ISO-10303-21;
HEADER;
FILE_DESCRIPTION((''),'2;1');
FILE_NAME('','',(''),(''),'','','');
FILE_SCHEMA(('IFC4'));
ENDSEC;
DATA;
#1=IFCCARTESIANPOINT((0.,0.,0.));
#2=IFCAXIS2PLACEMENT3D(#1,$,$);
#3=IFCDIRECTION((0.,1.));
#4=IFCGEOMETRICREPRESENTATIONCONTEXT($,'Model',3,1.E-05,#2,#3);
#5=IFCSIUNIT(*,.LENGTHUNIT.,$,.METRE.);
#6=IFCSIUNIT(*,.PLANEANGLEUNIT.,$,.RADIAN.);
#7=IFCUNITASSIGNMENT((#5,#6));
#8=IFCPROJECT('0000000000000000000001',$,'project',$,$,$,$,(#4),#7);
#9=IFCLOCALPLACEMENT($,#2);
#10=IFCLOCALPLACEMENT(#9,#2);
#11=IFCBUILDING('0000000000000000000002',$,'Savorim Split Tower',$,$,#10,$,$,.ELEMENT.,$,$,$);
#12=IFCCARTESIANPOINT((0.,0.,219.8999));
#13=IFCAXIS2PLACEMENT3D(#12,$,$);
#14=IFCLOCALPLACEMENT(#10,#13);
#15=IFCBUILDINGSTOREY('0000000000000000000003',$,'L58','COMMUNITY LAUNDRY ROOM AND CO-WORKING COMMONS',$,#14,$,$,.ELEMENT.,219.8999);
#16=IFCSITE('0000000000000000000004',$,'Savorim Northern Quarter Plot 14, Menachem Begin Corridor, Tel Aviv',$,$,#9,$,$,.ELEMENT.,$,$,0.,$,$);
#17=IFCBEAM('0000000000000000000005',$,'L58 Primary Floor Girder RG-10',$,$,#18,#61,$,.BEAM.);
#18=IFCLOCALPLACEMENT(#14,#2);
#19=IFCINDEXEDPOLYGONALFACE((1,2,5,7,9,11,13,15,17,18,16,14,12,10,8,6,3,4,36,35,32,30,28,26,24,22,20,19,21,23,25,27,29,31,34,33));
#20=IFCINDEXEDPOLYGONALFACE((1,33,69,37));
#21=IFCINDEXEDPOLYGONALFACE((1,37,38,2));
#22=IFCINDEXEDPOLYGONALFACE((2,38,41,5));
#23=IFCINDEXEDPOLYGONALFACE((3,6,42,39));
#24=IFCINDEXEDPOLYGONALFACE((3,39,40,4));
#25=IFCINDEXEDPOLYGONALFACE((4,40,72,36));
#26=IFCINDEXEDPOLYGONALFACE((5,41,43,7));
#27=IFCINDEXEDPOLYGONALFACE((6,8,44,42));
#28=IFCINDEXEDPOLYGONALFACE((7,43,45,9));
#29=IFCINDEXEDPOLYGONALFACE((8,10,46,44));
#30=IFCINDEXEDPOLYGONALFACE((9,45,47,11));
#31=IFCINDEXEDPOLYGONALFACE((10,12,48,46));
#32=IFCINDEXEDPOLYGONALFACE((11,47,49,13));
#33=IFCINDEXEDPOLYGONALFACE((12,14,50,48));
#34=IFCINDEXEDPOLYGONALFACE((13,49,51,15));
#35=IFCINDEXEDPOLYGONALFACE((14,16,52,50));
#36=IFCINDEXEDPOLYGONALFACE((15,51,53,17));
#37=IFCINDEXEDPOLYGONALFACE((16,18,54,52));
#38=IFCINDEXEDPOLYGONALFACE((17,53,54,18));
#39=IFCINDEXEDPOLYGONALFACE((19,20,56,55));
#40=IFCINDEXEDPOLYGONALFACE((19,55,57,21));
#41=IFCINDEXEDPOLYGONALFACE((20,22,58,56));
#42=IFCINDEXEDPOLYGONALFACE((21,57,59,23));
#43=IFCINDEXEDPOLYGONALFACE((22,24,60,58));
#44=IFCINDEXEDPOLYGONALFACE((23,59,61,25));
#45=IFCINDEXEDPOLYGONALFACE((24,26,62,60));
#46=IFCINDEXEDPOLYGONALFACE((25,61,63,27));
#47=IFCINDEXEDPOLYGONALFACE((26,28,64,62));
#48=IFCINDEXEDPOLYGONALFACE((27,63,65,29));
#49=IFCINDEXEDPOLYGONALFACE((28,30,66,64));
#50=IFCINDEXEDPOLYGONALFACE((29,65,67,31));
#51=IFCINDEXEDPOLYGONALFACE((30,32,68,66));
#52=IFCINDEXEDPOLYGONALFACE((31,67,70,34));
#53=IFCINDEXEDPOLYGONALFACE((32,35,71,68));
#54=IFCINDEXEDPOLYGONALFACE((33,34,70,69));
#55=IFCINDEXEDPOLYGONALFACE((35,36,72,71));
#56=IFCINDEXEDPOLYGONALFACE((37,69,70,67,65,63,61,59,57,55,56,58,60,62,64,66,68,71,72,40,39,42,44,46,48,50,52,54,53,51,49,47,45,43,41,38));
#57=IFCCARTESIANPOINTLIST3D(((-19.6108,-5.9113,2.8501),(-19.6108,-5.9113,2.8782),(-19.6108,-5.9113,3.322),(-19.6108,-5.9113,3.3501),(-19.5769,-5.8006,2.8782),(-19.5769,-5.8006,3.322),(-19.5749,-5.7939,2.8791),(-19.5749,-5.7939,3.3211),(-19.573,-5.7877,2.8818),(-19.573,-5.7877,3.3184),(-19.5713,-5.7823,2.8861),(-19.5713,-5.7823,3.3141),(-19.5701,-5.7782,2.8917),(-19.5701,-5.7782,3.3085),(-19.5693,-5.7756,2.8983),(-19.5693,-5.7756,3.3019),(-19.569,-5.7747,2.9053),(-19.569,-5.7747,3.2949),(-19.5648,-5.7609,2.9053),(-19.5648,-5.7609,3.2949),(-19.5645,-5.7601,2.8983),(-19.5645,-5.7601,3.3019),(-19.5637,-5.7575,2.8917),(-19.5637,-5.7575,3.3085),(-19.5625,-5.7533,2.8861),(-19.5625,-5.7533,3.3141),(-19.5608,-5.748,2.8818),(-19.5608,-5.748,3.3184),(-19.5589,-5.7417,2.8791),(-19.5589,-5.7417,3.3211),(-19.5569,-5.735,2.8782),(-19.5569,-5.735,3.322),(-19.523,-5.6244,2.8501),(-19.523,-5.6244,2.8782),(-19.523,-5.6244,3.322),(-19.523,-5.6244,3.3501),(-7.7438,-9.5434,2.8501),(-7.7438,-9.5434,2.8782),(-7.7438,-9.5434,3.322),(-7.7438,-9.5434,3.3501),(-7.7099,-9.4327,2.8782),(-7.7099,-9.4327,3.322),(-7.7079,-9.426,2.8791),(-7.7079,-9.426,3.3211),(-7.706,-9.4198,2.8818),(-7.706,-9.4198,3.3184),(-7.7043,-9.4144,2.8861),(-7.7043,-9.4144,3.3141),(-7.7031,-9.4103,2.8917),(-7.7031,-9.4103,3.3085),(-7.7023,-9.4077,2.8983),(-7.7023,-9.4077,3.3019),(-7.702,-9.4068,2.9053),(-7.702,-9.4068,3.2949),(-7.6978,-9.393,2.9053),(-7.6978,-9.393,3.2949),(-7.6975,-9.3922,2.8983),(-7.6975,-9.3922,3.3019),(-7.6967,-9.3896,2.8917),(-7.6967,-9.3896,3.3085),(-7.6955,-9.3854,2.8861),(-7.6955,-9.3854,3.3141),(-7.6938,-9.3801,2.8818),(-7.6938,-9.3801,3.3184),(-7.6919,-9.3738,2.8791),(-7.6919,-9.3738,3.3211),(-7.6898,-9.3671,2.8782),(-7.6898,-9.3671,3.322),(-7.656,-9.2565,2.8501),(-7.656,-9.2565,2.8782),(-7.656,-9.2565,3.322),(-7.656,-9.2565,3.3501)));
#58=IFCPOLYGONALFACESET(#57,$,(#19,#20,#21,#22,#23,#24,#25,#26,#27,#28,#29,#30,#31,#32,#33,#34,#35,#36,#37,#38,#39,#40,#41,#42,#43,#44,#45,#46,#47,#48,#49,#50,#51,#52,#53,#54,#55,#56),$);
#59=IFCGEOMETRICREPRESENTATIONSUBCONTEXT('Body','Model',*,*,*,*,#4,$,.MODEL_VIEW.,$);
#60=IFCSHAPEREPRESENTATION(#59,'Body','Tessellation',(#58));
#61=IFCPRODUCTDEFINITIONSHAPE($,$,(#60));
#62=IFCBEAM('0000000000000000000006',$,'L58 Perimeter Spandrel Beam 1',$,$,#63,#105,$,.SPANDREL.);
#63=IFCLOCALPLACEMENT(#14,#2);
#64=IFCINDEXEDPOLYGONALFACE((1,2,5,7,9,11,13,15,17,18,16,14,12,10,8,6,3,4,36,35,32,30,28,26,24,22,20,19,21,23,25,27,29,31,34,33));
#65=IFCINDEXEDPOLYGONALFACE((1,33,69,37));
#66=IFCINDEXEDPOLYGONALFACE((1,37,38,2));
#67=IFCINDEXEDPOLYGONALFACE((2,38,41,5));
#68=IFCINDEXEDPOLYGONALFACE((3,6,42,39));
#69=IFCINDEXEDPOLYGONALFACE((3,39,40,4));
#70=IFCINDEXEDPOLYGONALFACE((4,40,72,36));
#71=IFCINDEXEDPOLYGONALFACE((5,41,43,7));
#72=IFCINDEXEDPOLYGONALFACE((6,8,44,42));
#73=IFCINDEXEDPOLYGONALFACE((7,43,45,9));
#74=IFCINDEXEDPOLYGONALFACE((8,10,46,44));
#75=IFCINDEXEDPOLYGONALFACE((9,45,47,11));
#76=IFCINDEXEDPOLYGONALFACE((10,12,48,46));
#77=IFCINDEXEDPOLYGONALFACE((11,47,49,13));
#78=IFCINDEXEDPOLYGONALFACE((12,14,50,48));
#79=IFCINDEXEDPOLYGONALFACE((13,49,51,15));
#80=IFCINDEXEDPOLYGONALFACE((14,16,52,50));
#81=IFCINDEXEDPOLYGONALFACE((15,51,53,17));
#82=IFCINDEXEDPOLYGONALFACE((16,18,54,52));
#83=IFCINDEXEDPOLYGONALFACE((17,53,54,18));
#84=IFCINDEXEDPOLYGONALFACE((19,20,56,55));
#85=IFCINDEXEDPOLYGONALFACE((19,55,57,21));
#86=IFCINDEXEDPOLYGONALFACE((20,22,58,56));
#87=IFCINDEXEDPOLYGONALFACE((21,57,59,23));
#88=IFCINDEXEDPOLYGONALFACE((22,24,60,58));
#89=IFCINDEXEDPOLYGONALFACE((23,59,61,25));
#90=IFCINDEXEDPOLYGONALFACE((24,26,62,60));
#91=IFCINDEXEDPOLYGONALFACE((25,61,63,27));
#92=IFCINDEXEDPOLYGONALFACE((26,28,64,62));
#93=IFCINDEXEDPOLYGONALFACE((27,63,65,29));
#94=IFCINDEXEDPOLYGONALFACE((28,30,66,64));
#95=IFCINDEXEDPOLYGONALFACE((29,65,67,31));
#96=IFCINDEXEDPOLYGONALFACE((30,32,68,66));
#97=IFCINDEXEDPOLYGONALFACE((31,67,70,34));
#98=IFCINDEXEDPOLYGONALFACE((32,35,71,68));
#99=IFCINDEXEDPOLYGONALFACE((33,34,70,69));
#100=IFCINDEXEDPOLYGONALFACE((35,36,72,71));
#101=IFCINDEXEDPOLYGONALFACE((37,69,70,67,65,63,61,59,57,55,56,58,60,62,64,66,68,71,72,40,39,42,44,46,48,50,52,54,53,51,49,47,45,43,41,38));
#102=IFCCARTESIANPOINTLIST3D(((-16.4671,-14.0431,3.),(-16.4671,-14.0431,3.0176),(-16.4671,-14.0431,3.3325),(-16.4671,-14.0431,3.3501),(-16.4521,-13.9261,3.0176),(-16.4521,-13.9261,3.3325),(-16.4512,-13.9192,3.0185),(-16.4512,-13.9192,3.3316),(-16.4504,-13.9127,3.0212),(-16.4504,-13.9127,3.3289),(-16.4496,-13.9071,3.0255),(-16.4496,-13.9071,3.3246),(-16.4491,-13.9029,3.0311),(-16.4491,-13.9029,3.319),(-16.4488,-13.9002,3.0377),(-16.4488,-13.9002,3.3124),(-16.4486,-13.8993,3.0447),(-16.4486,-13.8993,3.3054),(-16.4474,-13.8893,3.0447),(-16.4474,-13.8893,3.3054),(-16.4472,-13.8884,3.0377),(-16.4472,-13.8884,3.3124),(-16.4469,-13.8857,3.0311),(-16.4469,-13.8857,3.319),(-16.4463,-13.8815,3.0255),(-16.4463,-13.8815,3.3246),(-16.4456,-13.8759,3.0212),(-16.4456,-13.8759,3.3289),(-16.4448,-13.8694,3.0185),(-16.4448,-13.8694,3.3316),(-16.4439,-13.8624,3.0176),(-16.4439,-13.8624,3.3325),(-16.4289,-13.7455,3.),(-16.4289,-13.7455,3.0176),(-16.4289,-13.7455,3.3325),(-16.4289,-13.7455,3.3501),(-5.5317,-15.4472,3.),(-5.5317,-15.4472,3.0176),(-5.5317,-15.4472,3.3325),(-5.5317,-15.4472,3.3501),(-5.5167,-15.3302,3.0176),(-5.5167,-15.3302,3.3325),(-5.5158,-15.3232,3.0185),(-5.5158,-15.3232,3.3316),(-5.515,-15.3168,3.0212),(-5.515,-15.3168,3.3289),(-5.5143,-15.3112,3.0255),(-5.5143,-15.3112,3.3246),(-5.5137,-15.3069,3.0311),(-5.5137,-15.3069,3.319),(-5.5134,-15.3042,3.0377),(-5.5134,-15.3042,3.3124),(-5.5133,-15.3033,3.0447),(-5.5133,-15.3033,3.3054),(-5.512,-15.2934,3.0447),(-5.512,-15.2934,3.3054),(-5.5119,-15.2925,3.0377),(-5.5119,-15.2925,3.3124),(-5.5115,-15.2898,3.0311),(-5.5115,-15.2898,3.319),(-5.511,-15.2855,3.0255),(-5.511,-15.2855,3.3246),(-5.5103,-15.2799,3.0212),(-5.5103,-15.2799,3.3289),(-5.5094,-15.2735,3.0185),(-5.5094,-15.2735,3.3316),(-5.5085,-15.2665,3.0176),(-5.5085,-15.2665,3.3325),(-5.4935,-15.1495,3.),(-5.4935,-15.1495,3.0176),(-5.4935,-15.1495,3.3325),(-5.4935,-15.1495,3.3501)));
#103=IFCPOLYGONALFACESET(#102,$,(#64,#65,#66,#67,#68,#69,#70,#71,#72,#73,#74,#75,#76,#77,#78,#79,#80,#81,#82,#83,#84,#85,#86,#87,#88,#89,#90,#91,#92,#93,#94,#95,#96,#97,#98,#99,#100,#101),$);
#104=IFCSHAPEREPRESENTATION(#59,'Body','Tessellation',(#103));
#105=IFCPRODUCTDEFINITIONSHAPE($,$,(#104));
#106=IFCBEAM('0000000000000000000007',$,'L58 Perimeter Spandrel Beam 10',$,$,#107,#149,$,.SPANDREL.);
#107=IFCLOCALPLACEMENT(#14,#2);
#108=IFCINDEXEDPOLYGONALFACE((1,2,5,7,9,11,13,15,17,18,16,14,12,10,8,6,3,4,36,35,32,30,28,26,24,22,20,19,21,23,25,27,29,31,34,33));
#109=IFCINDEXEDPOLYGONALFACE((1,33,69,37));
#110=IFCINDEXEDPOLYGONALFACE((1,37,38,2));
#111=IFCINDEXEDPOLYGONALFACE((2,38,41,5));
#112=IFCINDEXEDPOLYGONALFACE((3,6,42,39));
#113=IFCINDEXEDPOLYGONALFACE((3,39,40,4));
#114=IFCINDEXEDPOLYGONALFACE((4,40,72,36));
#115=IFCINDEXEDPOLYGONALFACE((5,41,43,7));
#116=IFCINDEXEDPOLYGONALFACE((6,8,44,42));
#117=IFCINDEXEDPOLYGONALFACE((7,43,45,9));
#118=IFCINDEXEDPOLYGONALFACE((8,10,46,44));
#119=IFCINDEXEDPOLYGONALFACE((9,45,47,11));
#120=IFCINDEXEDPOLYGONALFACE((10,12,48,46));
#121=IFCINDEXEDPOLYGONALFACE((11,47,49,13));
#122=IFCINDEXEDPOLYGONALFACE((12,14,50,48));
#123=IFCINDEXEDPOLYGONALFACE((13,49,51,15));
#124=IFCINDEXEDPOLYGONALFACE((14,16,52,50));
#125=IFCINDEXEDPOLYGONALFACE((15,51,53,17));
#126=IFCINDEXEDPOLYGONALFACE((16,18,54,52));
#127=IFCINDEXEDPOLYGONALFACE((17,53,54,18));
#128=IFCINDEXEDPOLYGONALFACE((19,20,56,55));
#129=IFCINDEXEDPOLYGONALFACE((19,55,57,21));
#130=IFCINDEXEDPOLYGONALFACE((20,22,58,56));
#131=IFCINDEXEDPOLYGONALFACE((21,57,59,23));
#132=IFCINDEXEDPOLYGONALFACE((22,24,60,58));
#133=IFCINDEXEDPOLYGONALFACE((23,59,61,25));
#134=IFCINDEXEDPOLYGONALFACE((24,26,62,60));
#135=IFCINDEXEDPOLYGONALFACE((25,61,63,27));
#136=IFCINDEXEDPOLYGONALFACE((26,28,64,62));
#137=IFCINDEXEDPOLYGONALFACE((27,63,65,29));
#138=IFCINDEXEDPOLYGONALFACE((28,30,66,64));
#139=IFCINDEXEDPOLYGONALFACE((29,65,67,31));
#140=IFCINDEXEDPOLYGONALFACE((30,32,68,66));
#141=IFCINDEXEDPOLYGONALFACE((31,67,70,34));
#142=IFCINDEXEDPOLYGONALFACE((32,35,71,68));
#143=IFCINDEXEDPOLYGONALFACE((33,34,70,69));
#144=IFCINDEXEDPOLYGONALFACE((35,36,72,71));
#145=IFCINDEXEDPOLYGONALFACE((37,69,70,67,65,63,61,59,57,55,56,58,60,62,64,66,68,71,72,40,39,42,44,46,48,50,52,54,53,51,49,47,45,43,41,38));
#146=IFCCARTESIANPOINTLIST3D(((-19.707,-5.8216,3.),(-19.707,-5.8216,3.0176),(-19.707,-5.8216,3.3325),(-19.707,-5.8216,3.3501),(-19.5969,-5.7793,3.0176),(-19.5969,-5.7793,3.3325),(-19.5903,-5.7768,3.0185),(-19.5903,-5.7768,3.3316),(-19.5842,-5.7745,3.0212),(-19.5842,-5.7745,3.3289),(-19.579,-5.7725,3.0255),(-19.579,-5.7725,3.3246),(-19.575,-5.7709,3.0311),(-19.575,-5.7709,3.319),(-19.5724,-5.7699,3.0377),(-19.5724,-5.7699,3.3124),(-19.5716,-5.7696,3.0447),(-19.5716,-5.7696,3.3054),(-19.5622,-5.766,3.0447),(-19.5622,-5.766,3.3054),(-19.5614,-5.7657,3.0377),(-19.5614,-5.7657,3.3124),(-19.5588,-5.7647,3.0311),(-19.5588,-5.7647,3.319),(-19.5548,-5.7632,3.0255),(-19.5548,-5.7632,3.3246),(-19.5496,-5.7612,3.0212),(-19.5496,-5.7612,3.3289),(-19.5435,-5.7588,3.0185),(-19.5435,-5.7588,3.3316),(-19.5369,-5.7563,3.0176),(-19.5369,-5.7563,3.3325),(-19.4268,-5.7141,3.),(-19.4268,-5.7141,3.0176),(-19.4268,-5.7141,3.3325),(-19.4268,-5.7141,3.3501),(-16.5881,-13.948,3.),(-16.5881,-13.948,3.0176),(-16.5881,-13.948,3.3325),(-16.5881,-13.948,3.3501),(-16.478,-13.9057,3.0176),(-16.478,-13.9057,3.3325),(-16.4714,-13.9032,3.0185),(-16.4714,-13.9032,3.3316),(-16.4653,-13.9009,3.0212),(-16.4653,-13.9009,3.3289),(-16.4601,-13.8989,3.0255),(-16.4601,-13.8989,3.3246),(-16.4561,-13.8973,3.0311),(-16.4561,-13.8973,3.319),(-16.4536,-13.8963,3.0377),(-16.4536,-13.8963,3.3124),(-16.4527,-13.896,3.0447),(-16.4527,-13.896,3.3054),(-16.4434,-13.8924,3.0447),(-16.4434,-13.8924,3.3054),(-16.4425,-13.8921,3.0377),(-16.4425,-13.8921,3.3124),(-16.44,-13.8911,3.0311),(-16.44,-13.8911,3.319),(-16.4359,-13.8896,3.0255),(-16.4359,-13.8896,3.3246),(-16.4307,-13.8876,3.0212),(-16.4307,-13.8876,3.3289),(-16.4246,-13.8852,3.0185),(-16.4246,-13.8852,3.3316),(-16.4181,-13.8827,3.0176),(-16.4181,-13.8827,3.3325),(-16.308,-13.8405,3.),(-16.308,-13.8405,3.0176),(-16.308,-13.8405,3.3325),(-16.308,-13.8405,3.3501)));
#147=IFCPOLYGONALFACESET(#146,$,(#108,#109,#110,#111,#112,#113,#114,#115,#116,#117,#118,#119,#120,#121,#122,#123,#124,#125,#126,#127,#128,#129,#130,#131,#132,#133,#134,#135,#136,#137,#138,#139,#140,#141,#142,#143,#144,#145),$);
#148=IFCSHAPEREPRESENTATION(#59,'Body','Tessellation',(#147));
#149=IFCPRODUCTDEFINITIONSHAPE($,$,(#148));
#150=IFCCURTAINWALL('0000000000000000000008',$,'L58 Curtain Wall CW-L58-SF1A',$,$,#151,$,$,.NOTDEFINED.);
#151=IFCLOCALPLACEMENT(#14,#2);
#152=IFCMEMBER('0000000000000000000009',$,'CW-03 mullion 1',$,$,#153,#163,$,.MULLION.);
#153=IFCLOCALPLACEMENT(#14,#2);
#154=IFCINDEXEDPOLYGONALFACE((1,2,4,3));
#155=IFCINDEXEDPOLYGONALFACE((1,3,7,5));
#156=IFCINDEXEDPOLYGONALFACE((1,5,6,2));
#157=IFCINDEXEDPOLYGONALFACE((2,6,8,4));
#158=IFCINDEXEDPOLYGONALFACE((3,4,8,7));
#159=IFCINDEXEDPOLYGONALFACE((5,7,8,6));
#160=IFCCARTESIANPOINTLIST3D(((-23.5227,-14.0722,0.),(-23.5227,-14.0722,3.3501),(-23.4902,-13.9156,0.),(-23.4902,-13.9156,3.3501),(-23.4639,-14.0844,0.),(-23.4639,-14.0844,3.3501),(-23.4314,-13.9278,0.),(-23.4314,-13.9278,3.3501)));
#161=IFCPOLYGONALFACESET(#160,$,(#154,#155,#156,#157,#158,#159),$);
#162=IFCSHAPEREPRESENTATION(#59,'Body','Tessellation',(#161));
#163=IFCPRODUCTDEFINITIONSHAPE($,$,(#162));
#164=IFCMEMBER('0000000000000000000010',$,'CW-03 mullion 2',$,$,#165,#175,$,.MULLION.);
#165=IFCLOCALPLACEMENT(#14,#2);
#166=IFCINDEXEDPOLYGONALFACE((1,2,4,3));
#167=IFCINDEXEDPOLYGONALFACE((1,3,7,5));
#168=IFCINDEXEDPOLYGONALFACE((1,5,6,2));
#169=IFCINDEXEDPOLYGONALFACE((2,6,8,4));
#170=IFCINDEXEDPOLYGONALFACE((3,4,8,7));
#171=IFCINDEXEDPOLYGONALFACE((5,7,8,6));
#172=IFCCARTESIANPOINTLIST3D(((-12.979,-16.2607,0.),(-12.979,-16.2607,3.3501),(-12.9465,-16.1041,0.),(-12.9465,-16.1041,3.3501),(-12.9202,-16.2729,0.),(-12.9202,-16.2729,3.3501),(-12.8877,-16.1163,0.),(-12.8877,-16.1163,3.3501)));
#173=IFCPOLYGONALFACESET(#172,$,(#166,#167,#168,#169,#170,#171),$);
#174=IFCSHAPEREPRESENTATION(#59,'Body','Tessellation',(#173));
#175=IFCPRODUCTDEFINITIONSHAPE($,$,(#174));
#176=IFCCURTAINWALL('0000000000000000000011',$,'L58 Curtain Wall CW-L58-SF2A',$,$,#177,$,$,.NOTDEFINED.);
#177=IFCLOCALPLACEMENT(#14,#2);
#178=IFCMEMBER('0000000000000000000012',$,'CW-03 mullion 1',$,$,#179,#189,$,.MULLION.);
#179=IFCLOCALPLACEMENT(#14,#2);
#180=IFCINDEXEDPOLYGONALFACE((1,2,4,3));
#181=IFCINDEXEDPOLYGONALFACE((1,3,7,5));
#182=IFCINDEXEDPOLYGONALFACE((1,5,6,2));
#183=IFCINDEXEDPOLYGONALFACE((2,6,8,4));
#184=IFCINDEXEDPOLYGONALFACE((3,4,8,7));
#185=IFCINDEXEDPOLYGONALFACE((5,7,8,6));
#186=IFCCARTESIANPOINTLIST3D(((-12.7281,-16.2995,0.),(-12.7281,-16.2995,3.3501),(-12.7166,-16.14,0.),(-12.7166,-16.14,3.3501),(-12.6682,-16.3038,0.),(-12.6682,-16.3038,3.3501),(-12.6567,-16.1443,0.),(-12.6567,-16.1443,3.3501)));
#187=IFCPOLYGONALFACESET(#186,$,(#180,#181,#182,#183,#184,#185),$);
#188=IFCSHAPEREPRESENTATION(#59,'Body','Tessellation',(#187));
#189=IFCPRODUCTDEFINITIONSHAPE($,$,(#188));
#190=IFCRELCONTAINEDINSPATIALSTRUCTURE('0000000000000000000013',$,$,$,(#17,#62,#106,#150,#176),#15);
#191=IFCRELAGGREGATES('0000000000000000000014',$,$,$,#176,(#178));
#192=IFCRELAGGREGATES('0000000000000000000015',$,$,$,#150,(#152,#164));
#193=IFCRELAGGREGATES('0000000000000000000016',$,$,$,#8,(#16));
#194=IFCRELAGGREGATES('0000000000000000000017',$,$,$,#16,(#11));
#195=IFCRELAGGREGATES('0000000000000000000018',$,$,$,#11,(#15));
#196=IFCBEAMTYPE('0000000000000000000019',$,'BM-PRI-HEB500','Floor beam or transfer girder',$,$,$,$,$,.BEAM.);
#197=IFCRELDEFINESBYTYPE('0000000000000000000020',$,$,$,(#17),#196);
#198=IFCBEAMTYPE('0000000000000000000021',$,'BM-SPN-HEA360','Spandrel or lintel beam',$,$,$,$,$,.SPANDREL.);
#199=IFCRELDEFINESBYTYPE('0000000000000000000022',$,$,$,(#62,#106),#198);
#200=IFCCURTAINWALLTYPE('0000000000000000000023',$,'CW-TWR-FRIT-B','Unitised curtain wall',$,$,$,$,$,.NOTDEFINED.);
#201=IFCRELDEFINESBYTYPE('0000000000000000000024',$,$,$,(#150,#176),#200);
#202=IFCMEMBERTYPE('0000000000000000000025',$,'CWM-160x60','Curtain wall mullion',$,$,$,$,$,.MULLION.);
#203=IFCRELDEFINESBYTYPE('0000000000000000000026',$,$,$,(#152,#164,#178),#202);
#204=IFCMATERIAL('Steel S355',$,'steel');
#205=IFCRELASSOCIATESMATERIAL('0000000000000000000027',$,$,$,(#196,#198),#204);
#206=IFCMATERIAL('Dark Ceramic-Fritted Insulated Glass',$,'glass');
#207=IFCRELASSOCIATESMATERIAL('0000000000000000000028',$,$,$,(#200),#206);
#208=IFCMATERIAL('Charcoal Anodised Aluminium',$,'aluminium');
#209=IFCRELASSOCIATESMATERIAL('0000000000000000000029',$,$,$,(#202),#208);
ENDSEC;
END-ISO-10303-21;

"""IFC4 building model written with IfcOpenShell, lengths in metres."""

from ifc_helpers import new_model, si_unit, direction, frame, origin, origin_2d, place, context, subcontext, project, spatial, rectangle, i_section, extrude, material, material_profile, profile_set, type_object, element, aggregate, save


model = new_model("IFC4")

# Units and contexts
model_context = context("Model", 3, precision=1e-05, world=origin(), true_north=direction((0.0, 1.0)))
body_context = subcontext(model_context, "Body", "Model", "MODEL_VIEW")
ifc_project = project(units=[si_unit("LENGTHUNIT", "METRE"), si_unit("PLANEANGLEUNIT", "RADIAN")], contexts=[model_context])

# Site, building, storey
site_placement = place(None, origin())
site = spatial("IfcSite", under=ifc_project, at=site_placement, Name="Savorim Northern Quarter Plot 14, Menachem Begin Corridor, Tel Aviv", CompositionType="ELEMENT", RefElevation=0.0)
building_placement = place(site_placement, origin())
building = spatial("IfcBuilding", under=site, at=building_placement, Name="Savorim Split Tower", CompositionType="ELEMENT")
storey_placement = place(building_placement, frame((0.0, 0.0, 219.8999)))
storey = spatial("IfcBuildingStorey", under=building, at=storey_placement, Name="L58", Description="COMMUNITY LAUNDRY ROOM AND CO-WORKING COMMONS", CompositionType="ELEMENT", Elevation=219.8999)

# Shared definitions
ifc_material_1 = material(Name="Steel S355", Category="steel")

# Beams
ifc_material_profile_1 = material_profile(ifc_material_1, i_section(OverallWidth=0.3, OverallDepth=0.5, WebThickness=0.0144, FlangeThickness=0.0281, FilletRadius=0.0271, at=origin_2d()), Name="HEB 500")
ifc_profile_set_1 = profile_set([ifc_material_profile_1], Name="Steel S355")
beam_type_1 = type_object("IfcBeamType", Name="BM-PRI-HEB500", Description="Floor beam or transfer girder", PredefinedType="BEAM", material=ifc_profile_set_1)
beam_1_placement = place(storey_placement, frame((-19.5669, -5.7678, 3.1001), z_axis=(0.956215, -0.292666, 0.0), x_axis=(0.292666, 0.956215, 0.0)))
element("IfcBeam", 1, at=beam_1_placement, inside=storey, type_object=beam_type_1, Name="L58 Primary Floor Girder RG-10", PredefinedType="BEAM", context=body_context, shape_type="SweptSolid", body=[
    extrude(i_section(OverallWidth=0.3, OverallDepth=0.5, WebThickness=0.0144, FlangeThickness=0.0281, FilletRadius=0.0271, at=origin_2d()), origin(), (0.0, 0.0, 1.0), 12.4104),
])
ifc_material_profile_2 = material_profile(ifc_material_1, i_section(OverallWidth=0.3, OverallDepth=0.3501, WebThickness=0.01, FlangeThickness=0.0176, FilletRadius=0.0271, at=origin_2d()), Name="HEA 360")
ifc_profile_set_2 = profile_set([ifc_material_profile_2], Name="Steel S355")
beam_type_2 = type_object("IfcBeamType", Name="BM-SPN-HEA360", Description="Spandrel or lintel beam", PredefinedType="SPANDREL", material=ifc_profile_set_2)
beam_2_placement = place(storey_placement, frame((-16.448, -13.8943, 3.175), z_axis=(0.991858, -0.127351, 0.0), x_axis=(0.127351, 0.991858, 0.0)))
element("IfcBeam", 2, at=beam_2_placement, inside=storey, type_object=beam_type_2, Name="L58 Perimeter Spandrel Beam 1", PredefinedType="SPANDREL", context=body_context, shape_type="SweptSolid", body=[
    extrude(i_section(OverallWidth=0.3, OverallDepth=0.3501, WebThickness=0.01, FlangeThickness=0.0176, FilletRadius=0.0271, at=origin_2d()), origin(), (0.0, 0.0, 1.0), 11.0251),
])
beam_3_placement = place(storey_placement, frame((-19.5669, -5.7678, 3.175), z_axis=(0.358312, -0.933602, 0.0), x_axis=(0.933602, 0.358312, 0.0)))
element("IfcBeam", 3, at=beam_3_placement, inside=storey, type_object=beam_type_2, Name="L58 Perimeter Spandrel Beam 10", PredefinedType="SPANDREL", context=body_context, shape_type="SweptSolid", body=[
    extrude(i_section(OverallWidth=0.3, OverallDepth=0.3501, WebThickness=0.01, FlangeThickness=0.0176, FilletRadius=0.0271, at=origin_2d()), origin(), (0.0, 0.0, 1.0), 8.7043),
])

# Curtain wall, members
ifc_material_2 = material(Name="Dark Ceramic-Fritted Insulated Glass", Category="glass")
curtain_wall_type = type_object("IfcCurtainWallType", Name="CW-TWR-FRIT-B", Description="Unitised curtain wall", PredefinedType="NOTDEFINED", material=ifc_material_2)
curtain_wall_1_placement = place(storey_placement, origin())
curtain_wall_1 = element("IfcCurtainWall", 4, at=curtain_wall_1_placement, inside=storey, type_object=curtain_wall_type, Name="L58 Curtain Wall CW-L58-SF1A", PredefinedType="NOTDEFINED")
ifc_material_3 = material(Name="Charcoal Anodised Aluminium", Category="aluminium")
ifc_material_profile_3 = material_profile(ifc_material_3, rectangle(XDim=0.1599, YDim=0.0601, at=origin_2d()), Name="ALU-M 160x60")
ifc_profile_set_3 = profile_set([ifc_material_profile_3], Name="Charcoal Anodised Aluminium")
member_type_1 = type_object("IfcMemberType", Name="CWM-160x60", Description="Curtain wall mullion", PredefinedType="MULLION", material=ifc_profile_set_3)
member_1_placement = place(storey_placement, frame((-23.4771, -14.0, 0.0), z_axis=(0.0, 0.0, 1.0), x_axis=(0.203215, 0.979134, 0.0)))
member_1 = element("IfcMember", 5, at=member_1_placement, type_object=member_type_1, Name="CW-03 mullion 1", PredefinedType="MULLION", context=body_context, shape_type="SweptSolid", body=[
    extrude(rectangle(XDim=0.1599, YDim=0.0601, at=origin_2d()), origin(), (0.0, 0.0, 1.0), 3.3501),
])
member_2_placement = place(storey_placement, frame((-12.9333, -16.1885, 0.0), z_axis=(0.0, 0.0, 1.0), x_axis=(0.203215, 0.979134, 0.0)))
member_2 = element("IfcMember", 6, at=member_2_placement, type_object=member_type_1, Name="CW-03 mullion 2", PredefinedType="MULLION", context=body_context, shape_type="SweptSolid", body=[
    extrude(rectangle(XDim=0.1599, YDim=0.0601, at=origin_2d()), origin(), (0.0, 0.0, 1.0), 3.3501),
])

# Curtain wall, member
curtain_wall_2_placement = place(storey_placement, origin())
curtain_wall_2 = element("IfcCurtainWall", 7, at=curtain_wall_2_placement, inside=storey, type_object=curtain_wall_type, Name="L58 Curtain Wall CW-L58-SF2A", PredefinedType="NOTDEFINED")
member_3_placement = place(storey_placement, frame((-12.6924, -16.2219, 0.0), z_axis=(0.0, 0.0, 1.0), x_axis=(0.07156, 0.997436, 0.0)))
member_3 = element("IfcMember", 8, at=member_3_placement, type_object=member_type_1, Name="CW-03 mullion 1", PredefinedType="MULLION", context=body_context, shape_type="SweptSolid", body=[
    extrude(rectangle(XDim=0.1599, YDim=0.0601, at=origin_2d()), origin(), (0.0, 0.0, 1.0), 3.3501),
])

aggregate(curtain_wall_2, [member_3])

aggregate(curtain_wall_1, [member_1, member_2])

save(model, "model.ifc")
